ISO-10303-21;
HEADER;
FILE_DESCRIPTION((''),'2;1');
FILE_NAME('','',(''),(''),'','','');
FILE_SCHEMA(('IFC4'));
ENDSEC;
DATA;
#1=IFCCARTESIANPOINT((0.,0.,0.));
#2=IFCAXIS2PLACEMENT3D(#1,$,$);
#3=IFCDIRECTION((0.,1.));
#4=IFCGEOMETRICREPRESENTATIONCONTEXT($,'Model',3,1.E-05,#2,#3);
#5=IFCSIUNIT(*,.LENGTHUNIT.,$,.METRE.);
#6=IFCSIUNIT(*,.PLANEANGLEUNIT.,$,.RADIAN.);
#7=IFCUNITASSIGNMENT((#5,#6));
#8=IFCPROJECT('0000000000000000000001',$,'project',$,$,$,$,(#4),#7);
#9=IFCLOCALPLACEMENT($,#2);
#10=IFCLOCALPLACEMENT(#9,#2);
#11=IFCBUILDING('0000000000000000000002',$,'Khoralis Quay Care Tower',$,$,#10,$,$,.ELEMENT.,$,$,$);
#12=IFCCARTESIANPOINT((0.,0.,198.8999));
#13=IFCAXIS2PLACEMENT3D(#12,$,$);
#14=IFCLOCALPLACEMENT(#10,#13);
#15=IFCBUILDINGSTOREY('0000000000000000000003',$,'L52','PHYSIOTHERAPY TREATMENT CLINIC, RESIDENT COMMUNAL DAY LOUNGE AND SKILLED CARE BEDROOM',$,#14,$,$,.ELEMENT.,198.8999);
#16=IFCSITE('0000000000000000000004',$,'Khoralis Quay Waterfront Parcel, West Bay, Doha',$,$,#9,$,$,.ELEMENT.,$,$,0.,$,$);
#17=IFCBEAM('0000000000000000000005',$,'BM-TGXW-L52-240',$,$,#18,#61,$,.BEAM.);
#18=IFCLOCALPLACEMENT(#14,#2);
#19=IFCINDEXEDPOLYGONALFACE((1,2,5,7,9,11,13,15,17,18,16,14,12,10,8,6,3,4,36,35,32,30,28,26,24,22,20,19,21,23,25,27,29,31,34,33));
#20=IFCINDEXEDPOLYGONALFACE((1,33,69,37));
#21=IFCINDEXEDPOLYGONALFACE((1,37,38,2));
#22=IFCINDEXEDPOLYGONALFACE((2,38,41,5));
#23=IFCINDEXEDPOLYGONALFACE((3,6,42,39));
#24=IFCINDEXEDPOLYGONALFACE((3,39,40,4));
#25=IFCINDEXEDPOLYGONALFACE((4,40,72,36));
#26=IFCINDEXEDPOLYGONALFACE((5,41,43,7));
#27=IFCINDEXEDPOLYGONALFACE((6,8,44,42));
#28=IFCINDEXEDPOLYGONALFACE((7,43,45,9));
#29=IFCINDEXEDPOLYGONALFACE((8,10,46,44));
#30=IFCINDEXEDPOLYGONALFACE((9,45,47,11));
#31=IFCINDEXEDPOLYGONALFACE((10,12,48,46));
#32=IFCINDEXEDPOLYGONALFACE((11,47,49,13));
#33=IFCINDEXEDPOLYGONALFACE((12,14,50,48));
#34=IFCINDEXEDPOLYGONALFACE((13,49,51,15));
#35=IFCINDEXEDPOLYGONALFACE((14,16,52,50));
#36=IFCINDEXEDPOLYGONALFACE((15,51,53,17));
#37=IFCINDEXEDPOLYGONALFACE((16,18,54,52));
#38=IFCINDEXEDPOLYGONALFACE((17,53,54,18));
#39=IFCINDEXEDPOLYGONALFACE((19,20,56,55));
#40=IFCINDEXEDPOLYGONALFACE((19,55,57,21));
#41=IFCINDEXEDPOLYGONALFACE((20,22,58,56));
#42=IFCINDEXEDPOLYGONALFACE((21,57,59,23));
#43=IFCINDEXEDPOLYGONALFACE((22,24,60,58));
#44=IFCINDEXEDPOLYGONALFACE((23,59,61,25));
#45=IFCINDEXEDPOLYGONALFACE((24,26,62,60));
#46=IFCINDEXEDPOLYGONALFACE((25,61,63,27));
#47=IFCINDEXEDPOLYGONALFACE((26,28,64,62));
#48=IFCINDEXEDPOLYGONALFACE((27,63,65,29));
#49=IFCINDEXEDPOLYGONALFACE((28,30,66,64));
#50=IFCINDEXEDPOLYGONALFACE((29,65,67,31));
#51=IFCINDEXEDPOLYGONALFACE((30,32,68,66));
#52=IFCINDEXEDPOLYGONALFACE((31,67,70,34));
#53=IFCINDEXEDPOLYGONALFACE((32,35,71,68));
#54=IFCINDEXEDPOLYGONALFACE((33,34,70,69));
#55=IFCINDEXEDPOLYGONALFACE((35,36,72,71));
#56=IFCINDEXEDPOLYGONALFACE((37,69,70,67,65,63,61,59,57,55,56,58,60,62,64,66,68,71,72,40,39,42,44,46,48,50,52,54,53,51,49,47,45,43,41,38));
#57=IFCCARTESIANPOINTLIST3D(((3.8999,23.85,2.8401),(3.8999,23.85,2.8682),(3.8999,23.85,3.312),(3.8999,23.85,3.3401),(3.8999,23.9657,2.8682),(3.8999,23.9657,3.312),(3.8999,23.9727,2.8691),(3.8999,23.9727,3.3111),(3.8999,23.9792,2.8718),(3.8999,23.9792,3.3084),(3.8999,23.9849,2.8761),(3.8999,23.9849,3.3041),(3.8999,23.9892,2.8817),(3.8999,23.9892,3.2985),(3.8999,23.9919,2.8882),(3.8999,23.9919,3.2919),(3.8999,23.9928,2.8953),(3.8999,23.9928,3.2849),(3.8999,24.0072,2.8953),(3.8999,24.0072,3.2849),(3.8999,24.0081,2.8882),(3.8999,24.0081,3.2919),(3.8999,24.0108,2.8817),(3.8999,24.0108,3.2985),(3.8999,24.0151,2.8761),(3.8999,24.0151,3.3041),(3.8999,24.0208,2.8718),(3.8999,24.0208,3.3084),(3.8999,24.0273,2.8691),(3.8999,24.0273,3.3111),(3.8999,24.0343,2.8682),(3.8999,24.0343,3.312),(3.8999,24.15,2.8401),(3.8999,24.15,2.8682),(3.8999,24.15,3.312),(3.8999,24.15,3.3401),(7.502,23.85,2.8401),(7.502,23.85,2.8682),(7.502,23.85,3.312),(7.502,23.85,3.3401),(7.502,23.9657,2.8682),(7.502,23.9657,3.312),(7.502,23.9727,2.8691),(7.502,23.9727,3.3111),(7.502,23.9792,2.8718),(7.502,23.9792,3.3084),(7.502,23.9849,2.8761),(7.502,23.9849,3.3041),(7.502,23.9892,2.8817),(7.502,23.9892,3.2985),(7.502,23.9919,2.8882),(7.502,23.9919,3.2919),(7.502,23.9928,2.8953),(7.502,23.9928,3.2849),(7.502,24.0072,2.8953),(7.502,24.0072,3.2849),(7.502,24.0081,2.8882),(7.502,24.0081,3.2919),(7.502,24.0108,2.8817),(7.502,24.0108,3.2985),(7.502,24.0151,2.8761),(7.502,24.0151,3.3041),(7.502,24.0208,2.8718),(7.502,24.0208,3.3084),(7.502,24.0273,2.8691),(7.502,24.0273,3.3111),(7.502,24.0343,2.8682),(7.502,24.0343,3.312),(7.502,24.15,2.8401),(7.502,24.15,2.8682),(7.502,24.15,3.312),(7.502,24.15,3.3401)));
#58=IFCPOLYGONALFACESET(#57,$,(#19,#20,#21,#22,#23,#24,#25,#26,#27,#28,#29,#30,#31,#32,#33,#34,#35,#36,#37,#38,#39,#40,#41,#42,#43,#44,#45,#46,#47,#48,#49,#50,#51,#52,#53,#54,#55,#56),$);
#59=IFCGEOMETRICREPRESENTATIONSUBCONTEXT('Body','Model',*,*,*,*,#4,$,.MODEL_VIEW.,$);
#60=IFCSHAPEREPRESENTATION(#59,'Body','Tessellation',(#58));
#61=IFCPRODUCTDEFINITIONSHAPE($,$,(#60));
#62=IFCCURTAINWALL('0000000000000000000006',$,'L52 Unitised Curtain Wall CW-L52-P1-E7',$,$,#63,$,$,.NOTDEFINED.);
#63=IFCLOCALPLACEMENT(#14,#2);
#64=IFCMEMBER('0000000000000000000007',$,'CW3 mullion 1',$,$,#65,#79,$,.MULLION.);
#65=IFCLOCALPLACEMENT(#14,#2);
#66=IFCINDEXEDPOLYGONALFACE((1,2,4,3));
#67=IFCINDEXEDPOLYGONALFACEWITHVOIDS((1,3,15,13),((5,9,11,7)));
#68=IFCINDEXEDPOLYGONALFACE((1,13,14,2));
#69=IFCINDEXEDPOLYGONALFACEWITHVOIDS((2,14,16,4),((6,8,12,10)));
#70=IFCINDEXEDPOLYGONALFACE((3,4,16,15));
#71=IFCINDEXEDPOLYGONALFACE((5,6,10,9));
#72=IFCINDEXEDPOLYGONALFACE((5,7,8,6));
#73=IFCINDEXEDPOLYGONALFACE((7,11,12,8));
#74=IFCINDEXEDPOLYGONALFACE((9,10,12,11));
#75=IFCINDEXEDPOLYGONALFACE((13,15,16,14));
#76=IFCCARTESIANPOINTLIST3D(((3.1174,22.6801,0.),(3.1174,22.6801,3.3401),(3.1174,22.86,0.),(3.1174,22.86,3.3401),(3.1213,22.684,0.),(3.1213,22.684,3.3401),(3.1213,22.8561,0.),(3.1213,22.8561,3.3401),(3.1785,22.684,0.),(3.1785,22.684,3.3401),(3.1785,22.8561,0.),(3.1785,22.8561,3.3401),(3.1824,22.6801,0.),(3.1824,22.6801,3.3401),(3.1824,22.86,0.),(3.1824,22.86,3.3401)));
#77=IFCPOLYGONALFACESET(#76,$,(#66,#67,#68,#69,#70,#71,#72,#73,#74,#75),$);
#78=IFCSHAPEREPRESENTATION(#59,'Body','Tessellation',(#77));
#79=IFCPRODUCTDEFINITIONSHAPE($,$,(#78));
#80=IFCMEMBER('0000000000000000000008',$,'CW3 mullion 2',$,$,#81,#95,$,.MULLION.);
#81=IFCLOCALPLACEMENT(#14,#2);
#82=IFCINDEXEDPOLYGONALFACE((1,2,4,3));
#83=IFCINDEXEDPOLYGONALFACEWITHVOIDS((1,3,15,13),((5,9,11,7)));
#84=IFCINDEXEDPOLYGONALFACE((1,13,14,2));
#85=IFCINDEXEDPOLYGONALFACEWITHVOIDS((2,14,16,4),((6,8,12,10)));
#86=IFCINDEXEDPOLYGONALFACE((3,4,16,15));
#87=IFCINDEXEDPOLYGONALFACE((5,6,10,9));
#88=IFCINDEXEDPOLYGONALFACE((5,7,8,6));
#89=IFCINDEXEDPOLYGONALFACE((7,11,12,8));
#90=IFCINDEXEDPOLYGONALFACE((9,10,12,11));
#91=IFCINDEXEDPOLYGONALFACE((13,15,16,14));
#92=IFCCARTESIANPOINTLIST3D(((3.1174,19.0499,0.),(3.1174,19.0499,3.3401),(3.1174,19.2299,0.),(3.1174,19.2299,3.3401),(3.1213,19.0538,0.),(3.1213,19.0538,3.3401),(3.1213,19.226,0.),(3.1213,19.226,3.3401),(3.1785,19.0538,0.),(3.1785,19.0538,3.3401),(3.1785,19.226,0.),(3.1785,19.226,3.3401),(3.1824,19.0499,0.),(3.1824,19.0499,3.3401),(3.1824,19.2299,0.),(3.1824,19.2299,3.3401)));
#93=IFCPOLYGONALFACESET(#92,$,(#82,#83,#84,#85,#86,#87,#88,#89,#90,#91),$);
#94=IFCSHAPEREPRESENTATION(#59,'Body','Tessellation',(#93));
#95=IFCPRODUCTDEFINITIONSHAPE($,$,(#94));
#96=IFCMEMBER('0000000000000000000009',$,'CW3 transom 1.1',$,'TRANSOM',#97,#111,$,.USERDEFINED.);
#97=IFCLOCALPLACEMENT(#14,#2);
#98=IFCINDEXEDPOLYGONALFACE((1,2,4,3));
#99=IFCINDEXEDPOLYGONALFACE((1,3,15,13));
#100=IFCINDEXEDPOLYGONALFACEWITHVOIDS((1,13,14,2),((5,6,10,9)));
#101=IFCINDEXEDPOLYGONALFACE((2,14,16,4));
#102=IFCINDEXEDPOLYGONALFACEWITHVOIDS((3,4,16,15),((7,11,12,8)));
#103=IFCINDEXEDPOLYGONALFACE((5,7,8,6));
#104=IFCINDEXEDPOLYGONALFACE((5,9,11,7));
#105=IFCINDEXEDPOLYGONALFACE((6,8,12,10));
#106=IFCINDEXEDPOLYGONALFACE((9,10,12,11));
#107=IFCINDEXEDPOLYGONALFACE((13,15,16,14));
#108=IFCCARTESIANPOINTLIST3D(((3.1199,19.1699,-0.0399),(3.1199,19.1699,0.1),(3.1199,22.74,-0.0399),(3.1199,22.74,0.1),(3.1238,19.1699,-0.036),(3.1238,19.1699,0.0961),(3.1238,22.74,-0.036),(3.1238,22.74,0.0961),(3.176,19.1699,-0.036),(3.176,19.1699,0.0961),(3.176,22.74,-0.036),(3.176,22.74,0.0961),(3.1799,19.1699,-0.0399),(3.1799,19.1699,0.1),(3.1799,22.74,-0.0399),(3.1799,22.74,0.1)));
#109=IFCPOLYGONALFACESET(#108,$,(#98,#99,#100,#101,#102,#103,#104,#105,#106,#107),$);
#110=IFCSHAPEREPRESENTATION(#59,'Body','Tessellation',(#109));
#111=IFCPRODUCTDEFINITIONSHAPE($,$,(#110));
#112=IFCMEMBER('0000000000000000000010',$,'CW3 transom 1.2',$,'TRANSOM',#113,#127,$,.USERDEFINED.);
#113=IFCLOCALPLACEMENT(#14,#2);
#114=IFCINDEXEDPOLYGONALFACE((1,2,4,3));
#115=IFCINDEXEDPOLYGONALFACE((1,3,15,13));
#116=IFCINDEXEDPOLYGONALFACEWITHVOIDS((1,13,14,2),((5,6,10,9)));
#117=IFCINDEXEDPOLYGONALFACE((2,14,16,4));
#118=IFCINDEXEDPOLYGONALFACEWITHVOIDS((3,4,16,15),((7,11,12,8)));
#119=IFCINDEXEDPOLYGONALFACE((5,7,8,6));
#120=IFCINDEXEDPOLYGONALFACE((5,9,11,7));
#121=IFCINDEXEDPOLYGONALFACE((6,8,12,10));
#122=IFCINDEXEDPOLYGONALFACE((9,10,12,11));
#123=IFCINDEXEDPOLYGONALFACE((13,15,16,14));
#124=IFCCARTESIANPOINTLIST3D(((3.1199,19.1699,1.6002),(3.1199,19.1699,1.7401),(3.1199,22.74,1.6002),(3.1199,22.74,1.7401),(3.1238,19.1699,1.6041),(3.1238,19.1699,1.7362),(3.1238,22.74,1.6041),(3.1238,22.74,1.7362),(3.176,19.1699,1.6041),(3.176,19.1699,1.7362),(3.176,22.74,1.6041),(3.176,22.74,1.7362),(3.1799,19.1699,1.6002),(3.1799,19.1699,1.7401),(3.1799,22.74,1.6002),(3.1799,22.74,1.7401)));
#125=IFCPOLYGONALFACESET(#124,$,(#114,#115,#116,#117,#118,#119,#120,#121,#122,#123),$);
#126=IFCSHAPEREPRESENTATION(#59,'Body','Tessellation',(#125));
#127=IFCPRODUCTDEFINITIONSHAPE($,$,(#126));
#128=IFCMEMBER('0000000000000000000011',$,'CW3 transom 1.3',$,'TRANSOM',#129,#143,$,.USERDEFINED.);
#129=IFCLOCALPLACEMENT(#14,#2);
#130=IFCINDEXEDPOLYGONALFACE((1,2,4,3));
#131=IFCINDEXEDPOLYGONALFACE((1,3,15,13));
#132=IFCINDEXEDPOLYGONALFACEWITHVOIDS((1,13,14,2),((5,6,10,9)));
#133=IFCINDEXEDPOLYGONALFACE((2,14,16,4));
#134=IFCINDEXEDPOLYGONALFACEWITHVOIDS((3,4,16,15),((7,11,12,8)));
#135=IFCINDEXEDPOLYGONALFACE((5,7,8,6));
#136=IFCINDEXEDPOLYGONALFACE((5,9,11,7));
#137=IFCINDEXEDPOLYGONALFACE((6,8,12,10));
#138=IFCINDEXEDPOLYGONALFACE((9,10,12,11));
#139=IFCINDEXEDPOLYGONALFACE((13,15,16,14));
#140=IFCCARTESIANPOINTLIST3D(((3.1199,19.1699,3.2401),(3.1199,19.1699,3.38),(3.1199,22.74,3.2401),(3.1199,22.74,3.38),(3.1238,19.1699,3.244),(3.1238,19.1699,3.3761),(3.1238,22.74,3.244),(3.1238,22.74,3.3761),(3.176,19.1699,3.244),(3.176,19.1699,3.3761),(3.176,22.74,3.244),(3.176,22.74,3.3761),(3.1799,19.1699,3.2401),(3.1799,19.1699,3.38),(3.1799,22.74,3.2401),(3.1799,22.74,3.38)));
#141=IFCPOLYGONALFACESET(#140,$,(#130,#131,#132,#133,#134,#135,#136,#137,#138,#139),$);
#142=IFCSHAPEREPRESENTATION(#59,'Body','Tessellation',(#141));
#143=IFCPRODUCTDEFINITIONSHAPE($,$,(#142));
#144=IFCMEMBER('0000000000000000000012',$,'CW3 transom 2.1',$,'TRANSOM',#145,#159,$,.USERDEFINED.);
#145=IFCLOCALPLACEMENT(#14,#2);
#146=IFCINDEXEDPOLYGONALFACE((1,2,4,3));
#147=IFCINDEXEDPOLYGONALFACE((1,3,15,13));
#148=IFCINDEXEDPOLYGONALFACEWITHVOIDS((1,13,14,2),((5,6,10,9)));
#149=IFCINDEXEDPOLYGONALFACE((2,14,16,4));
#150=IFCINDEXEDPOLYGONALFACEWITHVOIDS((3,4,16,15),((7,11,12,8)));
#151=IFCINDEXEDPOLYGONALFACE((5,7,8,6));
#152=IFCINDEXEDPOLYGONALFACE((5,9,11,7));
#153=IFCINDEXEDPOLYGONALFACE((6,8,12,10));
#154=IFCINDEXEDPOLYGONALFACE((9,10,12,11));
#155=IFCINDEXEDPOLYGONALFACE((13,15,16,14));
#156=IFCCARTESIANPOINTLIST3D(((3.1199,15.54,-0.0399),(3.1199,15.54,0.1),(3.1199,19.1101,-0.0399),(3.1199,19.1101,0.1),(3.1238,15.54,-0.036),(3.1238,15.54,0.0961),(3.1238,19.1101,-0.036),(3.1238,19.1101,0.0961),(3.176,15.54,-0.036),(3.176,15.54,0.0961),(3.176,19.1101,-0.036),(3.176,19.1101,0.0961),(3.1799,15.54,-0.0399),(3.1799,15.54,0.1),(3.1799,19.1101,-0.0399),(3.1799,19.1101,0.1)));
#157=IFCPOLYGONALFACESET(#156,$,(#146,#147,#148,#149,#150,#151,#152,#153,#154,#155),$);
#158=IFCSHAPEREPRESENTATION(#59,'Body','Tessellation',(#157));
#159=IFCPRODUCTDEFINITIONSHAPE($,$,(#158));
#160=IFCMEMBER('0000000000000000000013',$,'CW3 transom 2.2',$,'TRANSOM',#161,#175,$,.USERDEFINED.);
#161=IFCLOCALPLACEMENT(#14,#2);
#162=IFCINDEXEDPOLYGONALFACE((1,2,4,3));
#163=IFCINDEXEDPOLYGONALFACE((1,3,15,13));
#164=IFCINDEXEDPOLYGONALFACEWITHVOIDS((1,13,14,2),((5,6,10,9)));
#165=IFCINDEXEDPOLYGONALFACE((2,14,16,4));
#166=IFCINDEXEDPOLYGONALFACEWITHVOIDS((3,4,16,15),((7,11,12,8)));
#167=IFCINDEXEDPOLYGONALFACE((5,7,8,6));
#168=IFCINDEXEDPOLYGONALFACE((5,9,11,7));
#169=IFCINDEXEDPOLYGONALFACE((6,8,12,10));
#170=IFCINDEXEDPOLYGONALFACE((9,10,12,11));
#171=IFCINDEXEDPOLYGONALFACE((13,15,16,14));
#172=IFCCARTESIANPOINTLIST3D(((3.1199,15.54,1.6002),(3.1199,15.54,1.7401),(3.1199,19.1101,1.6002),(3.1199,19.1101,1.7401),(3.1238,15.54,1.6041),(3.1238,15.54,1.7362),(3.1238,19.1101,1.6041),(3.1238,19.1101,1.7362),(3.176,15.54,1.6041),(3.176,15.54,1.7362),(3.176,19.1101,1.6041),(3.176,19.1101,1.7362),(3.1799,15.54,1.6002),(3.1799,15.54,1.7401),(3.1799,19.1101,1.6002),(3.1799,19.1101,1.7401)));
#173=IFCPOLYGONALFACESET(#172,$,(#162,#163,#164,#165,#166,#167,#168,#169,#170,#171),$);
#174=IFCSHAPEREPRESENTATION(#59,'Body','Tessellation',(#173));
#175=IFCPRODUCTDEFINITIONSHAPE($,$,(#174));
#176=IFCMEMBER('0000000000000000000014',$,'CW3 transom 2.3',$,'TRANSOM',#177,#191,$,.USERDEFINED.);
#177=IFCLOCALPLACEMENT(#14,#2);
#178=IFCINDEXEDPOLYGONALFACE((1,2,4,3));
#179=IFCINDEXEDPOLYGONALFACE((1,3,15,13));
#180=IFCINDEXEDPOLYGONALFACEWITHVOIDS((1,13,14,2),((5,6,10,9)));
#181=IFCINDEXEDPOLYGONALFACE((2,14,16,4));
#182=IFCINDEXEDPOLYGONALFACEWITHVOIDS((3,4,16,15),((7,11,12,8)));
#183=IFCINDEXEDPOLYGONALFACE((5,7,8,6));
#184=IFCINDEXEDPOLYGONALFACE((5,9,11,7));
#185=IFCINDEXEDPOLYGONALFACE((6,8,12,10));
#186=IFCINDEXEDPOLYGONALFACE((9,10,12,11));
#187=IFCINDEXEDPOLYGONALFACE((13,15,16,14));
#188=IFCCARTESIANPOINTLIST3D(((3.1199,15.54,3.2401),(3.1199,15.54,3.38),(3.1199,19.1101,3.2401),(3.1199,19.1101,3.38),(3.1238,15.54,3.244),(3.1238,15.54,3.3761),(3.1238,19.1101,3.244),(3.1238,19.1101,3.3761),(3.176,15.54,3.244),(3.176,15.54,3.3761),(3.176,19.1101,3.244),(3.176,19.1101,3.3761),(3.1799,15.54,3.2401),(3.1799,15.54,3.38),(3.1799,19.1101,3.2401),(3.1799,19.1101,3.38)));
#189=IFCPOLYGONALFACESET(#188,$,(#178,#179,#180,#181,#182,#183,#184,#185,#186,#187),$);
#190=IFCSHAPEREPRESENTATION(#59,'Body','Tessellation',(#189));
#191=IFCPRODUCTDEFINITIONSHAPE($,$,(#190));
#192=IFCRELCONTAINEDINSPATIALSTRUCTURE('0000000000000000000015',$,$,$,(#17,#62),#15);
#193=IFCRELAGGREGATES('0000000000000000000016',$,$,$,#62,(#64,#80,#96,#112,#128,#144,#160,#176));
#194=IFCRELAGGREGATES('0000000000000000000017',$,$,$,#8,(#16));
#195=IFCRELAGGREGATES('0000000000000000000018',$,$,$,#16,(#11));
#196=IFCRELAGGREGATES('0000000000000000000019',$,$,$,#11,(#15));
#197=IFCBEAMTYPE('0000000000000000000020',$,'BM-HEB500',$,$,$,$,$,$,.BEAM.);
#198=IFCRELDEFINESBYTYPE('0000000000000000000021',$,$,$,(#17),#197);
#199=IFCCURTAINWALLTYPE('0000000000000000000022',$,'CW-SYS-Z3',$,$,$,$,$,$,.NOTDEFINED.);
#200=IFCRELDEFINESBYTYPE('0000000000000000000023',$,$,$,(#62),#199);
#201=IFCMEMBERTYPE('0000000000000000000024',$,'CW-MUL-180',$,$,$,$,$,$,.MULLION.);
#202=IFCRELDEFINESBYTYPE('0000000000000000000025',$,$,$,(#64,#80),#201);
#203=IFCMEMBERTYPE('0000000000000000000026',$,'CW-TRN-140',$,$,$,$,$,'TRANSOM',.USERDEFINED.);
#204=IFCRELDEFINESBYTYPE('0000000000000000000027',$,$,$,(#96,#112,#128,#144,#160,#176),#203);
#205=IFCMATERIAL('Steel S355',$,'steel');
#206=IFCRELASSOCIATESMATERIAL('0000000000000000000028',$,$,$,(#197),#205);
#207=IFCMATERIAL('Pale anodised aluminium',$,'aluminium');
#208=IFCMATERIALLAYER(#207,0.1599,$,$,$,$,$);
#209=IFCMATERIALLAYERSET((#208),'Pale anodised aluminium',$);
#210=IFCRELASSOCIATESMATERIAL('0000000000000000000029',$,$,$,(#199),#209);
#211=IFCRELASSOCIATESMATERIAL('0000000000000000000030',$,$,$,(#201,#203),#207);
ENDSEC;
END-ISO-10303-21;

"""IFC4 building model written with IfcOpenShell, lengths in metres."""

from ifc_helpers import new_model, si_unit, direction, frame, origin, origin_2d, place, context, subcontext, project, spatial, hollow_rectangle, i_section, extrude, source, transform, mapped, material, layer, layer_set, material_profile, profile_set, type_object, element, aggregate, save


model = new_model("IFC4")

# Units and contexts
model_context = context("Model", 3, precision=1e-05, world=origin(), true_north=direction((0.0, 1.0)))
body_context = subcontext(model_context, "Body", "Model", "MODEL_VIEW")
ifc_project = project(units=[si_unit("LENGTHUNIT", "METRE"), si_unit("PLANEANGLEUNIT", "RADIAN")], contexts=[model_context])

# Site, building, storey
site_placement = place(None, origin())
site = spatial("IfcSite", under=ifc_project, at=site_placement, Name="Khoralis Quay Waterfront Parcel, West Bay, Doha", CompositionType="ELEMENT", RefElevation=0.0)
building_placement = place(site_placement, origin())
building = spatial("IfcBuilding", under=site, at=building_placement, Name="Khoralis Quay Care Tower", CompositionType="ELEMENT")
storey_placement = place(building_placement, frame((0.0, 0.0, 198.8999)))
storey = spatial("IfcBuildingStorey", under=building, at=storey_placement, Name="L52", Description="PHYSIOTHERAPY TREATMENT CLINIC, RESIDENT COMMUNAL DAY LOUNGE AND SKILLED CARE BEDROOM", CompositionType="ELEMENT", Elevation=198.8999)

# Beam
ifc_material_1 = material(Name="Steel S355", Category="steel")
ifc_material_profile_1 = material_profile(ifc_material_1, i_section(OverallWidth=0.3, OverallDepth=0.5, WebThickness=0.0144, FlangeThickness=0.0281, FilletRadius=0.0271, at=origin_2d()), Name="Steel S355")
ifc_profile_set_1 = profile_set([ifc_material_profile_1], Name="Steel S355")
beam_type_1 = type_object("IfcBeamType", Name="BM-HEB500", PredefinedType="BEAM", material=ifc_profile_set_1)
shared_shape_1 = source(origin(), body_context, "Body", "SweptSolid", [
    extrude(i_section(OverallWidth=0.3, OverallDepth=0.5, WebThickness=0.0144, FlangeThickness=0.0281, FilletRadius=0.0271, at=origin_2d()), origin(), (0.0, 0.0, 1.0), 3.6021),
])
for number, where, z_axis, x_axis, name in (
    (1, (3.8999, 24.0, 3.0901), (1.0, 0.0, 0.0), (0.0, 1.0, 0.0), "BM-TGXW-L52-240"),
):
    element("IfcBeam", number, at=place(storey_placement, frame(where, z_axis=z_axis, x_axis=x_axis)), inside=storey, type_object=beam_type_1, Name=name, PredefinedType="BEAM", context=body_context, shape_type="MappedRepresentation", body=[
        mapped(shared_shape_1, transform((0.0, 0.0, 0.0), scale=1.0)),
    ])

# Curtain wall, members
ifc_material_2 = material(Name="Pale anodised aluminium", Category="aluminium")
ifc_layer_1 = layer(ifc_material_2, 0.1599)
ifc_layer_set_1 = layer_set([ifc_layer_1], Name="Pale anodised aluminium")
curtain_wall_type = type_object("IfcCurtainWallType", Name="CW-SYS-Z3", PredefinedType="NOTDEFINED", material=ifc_layer_set_1)
curtain_wall_placement = place(storey_placement, origin())
curtain_wall = element("IfcCurtainWall", 2, at=curtain_wall_placement, inside=storey, type_object=curtain_wall_type, Name="L52 Unitised Curtain Wall CW-L52-P1-E7", PredefinedType="NOTDEFINED")
ifc_material_profile_2 = material_profile(ifc_material_2, hollow_rectangle(XDim=0.0649, YDim=0.1799, WallThickness=0.0039, at=origin_2d()), Name="Pale anodised aluminium")
ifc_profile_set_2 = profile_set([ifc_material_profile_2], Name="Pale anodised aluminium")
member_type_1 = type_object("IfcMemberType", Name="CW-MUL-180", PredefinedType="MULLION", material=ifc_profile_set_2)
shared_shape_2 = source(origin(), body_context, "Body", "SweptSolid", [
    extrude(hollow_rectangle(XDim=0.0649, YDim=0.1799, WallThickness=0.0039, at=origin_2d()), origin(), (0.0, 0.0, 1.0), 3.3401),
])
member_1_placement = place(storey_placement, frame((3.1499, 22.77, 0.0), z_axis=(0.0, 0.0, 1.0), x_axis=(1.0, 0.0, 0.0)))
member_1 = element("IfcMember", 3, at=member_1_placement, type_object=member_type_1, Name="CW3 mullion 1", PredefinedType="MULLION", context=body_context, shape_type="MappedRepresentation", body=[
    mapped(shared_shape_2, transform((0.0, 0.0, 0.0), scale=1.0)),
])
member_2_placement = place(storey_placement, frame((3.1499, 19.1399, 0.0), z_axis=(0.0, 0.0, 1.0), x_axis=(1.0, 0.0, 0.0)))
member_2 = element("IfcMember", 4, at=member_2_placement, type_object=member_type_1, Name="CW3 mullion 2", PredefinedType="MULLION", context=body_context, shape_type="MappedRepresentation", body=[
    mapped(shared_shape_2, transform((0.0, 0.0, 0.0), scale=1.0)),
])
ifc_material_profile_3 = material_profile(ifc_material_2, hollow_rectangle(XDim=0.0601, YDim=0.1399, WallThickness=0.0039, at=origin_2d()), Name="Pale anodised aluminium")
ifc_profile_set_3 = profile_set([ifc_material_profile_3], Name="Pale anodised aluminium")
member_type_2 = type_object("IfcMemberType", Name="CW-TRN-140", ElementType="TRANSOM", PredefinedType="USERDEFINED", material=ifc_profile_set_3)
shared_shape_3 = source(origin(), body_context, "Body", "SweptSolid", [
    extrude(hollow_rectangle(XDim=0.0601, YDim=0.1399, WallThickness=0.0039, at=origin_2d()), origin(), (0.0, 0.0, 1.0), 3.5701),
])
member_3_placement = place(storey_placement, frame((3.1499, 22.74, 0.03), z_axis=(0.0, -1.0, 0.0), x_axis=(1.0, 0.0, 0.0)))
member_3 = element("IfcMember", 5, at=member_3_placement, type_object=member_type_2, Name="CW3 transom 1.1", ObjectType="TRANSOM", PredefinedType="USERDEFINED", context=body_context, shape_type="MappedRepresentation", body=[
    mapped(shared_shape_3, transform((0.0, 0.0, 0.0), scale=1.0)),
])
member_4_placement = place(storey_placement, frame((3.1499, 22.74, 1.6702), z_axis=(0.0, -1.0, 0.0), x_axis=(1.0, 0.0, 0.0)))
member_4 = element("IfcMember", 6, at=member_4_placement, type_object=member_type_2, Name="CW3 transom 1.2", ObjectType="TRANSOM", PredefinedType="USERDEFINED", context=body_context, shape_type="MappedRepresentation", body=[
    mapped(shared_shape_3, transform((0.0, 0.0, 0.0), scale=1.0)),
])
member_5_placement = place(storey_placement, frame((3.1499, 22.74, 3.3101), z_axis=(0.0, -1.0, 0.0), x_axis=(1.0, 0.0, 0.0)))
member_5 = element("IfcMember", 7, at=member_5_placement, type_object=member_type_2, Name="CW3 transom 1.3", ObjectType="TRANSOM", PredefinedType="USERDEFINED", context=body_context, shape_type="MappedRepresentation", body=[
    mapped(shared_shape_3, transform((0.0, 0.0, 0.0), scale=1.0)),
])
member_6_placement = place(storey_placement, frame((3.1499, 19.1101, 0.03), z_axis=(0.0, -1.0, 0.0), x_axis=(1.0, 0.0, 0.0)))
member_6 = element("IfcMember", 8, at=member_6_placement, type_object=member_type_2, Name="CW3 transom 2.1", ObjectType="TRANSOM", PredefinedType="USERDEFINED", context=body_context, shape_type="MappedRepresentation", body=[
    mapped(shared_shape_3, transform((0.0, 0.0, 0.0), scale=1.0)),
])
member_7_placement = place(storey_placement, frame((3.1499, 19.1101, 1.6702), z_axis=(0.0, -1.0, 0.0), x_axis=(1.0, 0.0, 0.0)))
member_7 = element("IfcMember", 9, at=member_7_placement, type_object=member_type_2, Name="CW3 transom 2.2", ObjectType="TRANSOM", PredefinedType="USERDEFINED", context=body_context, shape_type="MappedRepresentation", body=[
    mapped(shared_shape_3, transform((0.0, 0.0, 0.0), scale=1.0)),
])
member_8_placement = place(storey_placement, frame((3.1499, 19.1101, 3.3101), z_axis=(0.0, -1.0, 0.0), x_axis=(1.0, 0.0, 0.0)))
member_8 = element("IfcMember", 10, at=member_8_placement, type_object=member_type_2, Name="CW3 transom 2.3", ObjectType="TRANSOM", PredefinedType="USERDEFINED", context=body_context, shape_type="MappedRepresentation", body=[
    mapped(shared_shape_3, transform((0.0, 0.0, 0.0), scale=1.0)),
])
aggregate(curtain_wall, [member_1, member_2, member_3, member_4, member_5, member_6, member_7, member_8])

save(model, "model.ifc")
